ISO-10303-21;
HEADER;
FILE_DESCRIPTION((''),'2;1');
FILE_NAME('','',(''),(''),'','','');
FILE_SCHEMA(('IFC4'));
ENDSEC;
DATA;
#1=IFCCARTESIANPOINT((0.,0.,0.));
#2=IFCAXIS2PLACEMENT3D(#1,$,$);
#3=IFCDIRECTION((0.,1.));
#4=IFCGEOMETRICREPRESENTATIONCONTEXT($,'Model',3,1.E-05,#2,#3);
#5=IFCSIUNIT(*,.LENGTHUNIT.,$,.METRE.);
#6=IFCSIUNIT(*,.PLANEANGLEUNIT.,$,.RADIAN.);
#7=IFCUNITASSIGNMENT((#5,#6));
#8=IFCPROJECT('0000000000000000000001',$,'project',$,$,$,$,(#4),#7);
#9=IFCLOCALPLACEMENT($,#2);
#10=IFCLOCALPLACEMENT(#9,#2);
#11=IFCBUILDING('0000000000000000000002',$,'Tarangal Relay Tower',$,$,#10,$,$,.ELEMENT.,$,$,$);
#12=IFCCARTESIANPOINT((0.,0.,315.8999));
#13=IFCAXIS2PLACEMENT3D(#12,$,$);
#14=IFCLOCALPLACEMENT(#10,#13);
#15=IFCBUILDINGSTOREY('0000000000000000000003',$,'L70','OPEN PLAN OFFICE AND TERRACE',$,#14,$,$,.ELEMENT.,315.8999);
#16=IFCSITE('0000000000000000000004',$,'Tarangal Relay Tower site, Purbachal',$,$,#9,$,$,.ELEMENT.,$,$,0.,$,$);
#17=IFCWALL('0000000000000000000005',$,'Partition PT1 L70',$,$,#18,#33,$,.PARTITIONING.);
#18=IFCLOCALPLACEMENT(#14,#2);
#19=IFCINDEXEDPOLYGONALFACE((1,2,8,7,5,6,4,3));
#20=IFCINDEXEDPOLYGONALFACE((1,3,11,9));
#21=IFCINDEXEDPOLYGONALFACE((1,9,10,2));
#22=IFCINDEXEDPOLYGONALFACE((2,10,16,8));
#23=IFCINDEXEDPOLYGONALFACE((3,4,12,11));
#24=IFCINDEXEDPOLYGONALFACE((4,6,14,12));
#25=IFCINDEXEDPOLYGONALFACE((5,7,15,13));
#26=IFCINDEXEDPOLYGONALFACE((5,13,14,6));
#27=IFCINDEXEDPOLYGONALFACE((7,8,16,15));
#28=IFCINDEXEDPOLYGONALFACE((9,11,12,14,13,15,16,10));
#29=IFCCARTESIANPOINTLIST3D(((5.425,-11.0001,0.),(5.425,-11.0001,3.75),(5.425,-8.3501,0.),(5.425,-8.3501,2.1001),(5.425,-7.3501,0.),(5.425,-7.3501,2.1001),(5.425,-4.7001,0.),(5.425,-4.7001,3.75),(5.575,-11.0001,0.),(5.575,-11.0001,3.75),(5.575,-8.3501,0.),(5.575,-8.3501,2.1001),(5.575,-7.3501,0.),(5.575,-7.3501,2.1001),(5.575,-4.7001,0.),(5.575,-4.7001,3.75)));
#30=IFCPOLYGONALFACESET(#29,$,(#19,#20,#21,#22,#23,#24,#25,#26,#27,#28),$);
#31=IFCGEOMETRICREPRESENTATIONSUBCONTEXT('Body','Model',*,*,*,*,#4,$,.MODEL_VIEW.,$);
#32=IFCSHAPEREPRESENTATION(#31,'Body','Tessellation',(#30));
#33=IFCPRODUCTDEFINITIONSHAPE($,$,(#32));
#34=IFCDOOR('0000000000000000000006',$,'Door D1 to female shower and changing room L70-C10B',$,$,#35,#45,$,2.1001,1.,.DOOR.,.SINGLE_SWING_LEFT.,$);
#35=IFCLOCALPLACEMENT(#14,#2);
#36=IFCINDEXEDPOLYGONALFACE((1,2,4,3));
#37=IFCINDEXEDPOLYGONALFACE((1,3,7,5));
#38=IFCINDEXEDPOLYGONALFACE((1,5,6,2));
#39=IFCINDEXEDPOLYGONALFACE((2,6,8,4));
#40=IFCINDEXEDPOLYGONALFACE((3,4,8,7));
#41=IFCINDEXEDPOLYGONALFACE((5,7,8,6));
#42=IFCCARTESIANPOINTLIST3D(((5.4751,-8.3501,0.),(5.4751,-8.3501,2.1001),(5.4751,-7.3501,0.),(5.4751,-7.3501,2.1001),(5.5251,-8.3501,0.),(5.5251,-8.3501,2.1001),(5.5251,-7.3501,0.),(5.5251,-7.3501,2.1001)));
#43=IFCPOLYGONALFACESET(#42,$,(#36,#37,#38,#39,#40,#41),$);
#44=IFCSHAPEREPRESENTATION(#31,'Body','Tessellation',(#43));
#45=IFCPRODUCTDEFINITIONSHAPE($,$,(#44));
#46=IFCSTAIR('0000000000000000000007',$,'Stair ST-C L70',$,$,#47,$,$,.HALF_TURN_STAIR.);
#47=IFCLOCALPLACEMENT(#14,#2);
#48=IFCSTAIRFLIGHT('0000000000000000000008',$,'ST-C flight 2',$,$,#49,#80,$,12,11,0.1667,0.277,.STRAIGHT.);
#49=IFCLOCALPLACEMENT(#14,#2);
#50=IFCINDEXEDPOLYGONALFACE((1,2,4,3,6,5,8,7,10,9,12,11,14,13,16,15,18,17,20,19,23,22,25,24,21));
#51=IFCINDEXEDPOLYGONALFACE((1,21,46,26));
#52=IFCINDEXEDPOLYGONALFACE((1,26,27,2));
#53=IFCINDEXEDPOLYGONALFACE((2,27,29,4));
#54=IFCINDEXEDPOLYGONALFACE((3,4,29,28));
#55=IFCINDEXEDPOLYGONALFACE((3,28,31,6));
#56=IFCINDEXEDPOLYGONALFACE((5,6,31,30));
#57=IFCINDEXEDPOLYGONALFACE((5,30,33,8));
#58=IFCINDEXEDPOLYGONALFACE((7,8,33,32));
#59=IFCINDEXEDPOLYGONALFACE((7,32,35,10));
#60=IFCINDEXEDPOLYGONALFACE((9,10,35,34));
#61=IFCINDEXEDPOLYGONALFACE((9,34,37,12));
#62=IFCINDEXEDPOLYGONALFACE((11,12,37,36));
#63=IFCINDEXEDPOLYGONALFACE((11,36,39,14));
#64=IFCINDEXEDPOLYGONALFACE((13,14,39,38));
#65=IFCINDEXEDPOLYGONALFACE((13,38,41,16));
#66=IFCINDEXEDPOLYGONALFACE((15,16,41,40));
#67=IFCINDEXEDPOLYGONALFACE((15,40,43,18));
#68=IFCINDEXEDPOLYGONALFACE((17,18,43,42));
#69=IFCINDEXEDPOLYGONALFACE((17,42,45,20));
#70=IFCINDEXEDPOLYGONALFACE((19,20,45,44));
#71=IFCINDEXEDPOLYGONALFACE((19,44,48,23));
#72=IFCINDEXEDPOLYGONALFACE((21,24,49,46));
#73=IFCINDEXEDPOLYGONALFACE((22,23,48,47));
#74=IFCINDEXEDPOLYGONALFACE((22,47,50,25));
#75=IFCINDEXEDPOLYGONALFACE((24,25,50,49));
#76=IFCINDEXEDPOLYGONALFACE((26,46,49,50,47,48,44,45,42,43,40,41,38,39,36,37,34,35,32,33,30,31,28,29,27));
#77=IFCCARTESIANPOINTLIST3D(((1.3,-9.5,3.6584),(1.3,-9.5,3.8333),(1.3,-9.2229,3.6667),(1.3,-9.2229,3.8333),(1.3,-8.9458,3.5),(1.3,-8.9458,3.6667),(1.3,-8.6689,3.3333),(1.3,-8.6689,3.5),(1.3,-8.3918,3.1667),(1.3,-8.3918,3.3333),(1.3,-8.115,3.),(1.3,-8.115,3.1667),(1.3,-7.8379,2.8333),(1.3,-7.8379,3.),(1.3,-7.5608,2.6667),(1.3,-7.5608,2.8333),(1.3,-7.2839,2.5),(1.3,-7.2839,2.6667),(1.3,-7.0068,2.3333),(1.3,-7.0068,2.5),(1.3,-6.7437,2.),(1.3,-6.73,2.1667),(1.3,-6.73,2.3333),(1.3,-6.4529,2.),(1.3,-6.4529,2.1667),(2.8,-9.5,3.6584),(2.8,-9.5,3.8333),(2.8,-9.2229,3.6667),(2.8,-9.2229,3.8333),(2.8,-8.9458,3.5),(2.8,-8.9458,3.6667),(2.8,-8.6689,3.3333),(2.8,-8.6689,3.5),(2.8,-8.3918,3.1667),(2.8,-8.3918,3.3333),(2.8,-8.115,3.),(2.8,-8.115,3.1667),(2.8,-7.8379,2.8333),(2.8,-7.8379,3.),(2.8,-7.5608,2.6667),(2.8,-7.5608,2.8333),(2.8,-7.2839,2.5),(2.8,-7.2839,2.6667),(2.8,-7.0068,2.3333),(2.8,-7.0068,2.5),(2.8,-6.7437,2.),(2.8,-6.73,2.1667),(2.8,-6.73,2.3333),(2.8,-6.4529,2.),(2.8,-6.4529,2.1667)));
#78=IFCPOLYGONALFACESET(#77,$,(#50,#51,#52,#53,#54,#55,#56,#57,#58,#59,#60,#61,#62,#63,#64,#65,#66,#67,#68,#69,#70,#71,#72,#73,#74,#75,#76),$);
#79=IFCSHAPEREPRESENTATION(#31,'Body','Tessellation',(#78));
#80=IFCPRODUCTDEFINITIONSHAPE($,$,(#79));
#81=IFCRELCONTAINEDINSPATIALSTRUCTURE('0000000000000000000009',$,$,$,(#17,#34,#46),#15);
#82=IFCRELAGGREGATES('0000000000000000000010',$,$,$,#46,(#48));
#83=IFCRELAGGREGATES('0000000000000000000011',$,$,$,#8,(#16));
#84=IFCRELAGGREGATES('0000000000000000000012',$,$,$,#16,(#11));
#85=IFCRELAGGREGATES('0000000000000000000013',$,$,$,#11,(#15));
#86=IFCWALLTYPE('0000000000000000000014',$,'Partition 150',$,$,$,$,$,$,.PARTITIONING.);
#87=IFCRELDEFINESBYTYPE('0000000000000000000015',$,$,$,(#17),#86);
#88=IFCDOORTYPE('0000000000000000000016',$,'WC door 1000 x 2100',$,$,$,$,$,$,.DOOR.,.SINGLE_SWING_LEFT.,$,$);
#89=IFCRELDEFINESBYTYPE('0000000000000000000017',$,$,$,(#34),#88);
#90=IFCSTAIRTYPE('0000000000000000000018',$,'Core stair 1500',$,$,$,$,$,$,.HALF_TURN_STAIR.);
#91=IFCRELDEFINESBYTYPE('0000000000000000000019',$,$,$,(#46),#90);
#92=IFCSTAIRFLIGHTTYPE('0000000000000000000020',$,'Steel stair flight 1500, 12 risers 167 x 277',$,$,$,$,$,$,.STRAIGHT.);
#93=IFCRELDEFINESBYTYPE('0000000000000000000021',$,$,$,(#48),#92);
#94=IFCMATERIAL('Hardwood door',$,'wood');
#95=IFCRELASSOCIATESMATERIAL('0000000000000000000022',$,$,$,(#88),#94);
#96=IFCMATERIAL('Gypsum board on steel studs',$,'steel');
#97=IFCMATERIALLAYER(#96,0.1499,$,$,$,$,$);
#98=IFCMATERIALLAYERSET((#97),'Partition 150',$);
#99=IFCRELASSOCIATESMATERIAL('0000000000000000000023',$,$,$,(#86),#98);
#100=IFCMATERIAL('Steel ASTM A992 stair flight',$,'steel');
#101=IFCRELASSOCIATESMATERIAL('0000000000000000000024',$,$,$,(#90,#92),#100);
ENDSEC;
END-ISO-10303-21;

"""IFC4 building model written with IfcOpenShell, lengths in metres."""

from ifc_helpers import new_model, si_unit, direction, frame, frame_2d, origin, place, context, subcontext, project, spatial, polyline, rectangle, outline, extrude, material, layer, layer_set, type_object, element, fill, aggregate, save


model = new_model("IFC4")

# Units and contexts
model_context = context("Model", 3, precision=1e-05, world=origin(), true_north=direction((0.0, 1.0)))
body_context = subcontext(model_context, "Body", "Model", "MODEL_VIEW")
ifc_project = project(units=[si_unit("LENGTHUNIT", "METRE"), si_unit("PLANEANGLEUNIT", "RADIAN")], contexts=[model_context])

# Site, building, storey
site_placement = place(None, origin())
site = spatial("IfcSite", under=ifc_project, at=site_placement, Name="Tarangal Relay Tower site, Purbachal", CompositionType="ELEMENT", RefElevation=0.0)
building_placement = place(site_placement, origin())
building = spatial("IfcBuilding", under=site, at=building_placement, Name="Tarangal Relay Tower", CompositionType="ELEMENT")
storey_placement = place(building_placement, frame((0.0, 0.0, 315.8999)))
storey = spatial("IfcBuildingStorey", under=building, at=storey_placement, Name="L70", Description="OPEN PLAN OFFICE AND TERRACE", CompositionType="ELEMENT", Elevation=315.8999)

# Shared definitions
ifc_material_1 = material(Name="Hardwood door", Category="wood")
door_type = type_object("IfcDoorType", Name="WC door 1000 x 2100", OperationType="SINGLE_SWING_LEFT", PredefinedType="DOOR", material=ifc_material_1)

# Shared definitions
ifc_material_2 = material(Name="Gypsum board on steel studs", Category="steel")
ifc_layer_1 = layer(ifc_material_2, 0.1499)
ifc_layer_set_1 = layer_set([ifc_layer_1], Name="Partition 150")
wall_type_1 = type_object("IfcWallType", Name="Partition 150", PredefinedType="PARTITIONING", material=ifc_layer_set_1)

# Wall, opening, door
wall_1_placement = place(storey_placement, frame((5.5, -11.0, 0.0), z_axis=(0.0, 0.0, 1.0), x_axis=(0.0, 1.0, 0.0)))
wall_1 = element("IfcWall", 1, at=wall_1_placement, inside=storey, type_object=wall_type_1, Name="Partition PT1 L70", PredefinedType="PARTITIONING", context=body_context, shape_type="SweptSolid", body=[
    extrude(rectangle(XDim=6.3, YDim=0.1499, at=frame_2d((3.1499, 0.0))), origin(), (0.0, 0.0, 1.0), 3.75),
])
opening_1_placement = place(wall_1_placement, frame((2.6499, 0.0, 0.0)))
opening_1 = element("IfcOpeningElement", 2, at=opening_1_placement, cuts=wall_1, PredefinedType="OPENING", context=body_context, shape_type="SweptSolid", body=[
    extrude(rectangle(XDim=1.0, YDim=2.1001, at=frame_2d((0.5, 1.05))), frame((0.0, 0.085, 0.0), z_axis=(0.0, -1.0, 0.0), x_axis=(1.0, 0.0, 0.0)), (0.0, 0.0, 1.0), 0.1699),
])
door_1_placement = place(opening_1_placement, origin())
door_1 = element("IfcDoor", 3, at=door_1_placement, inside=storey, type_object=door_type, Name="Door D1 to female shower and changing room L70-C10B", OperationType="SINGLE_SWING_LEFT", OverallHeight=2.1001, OverallWidth=1.0, PredefinedType="DOOR", context=body_context, shape_type="SweptSolid", body=[
    extrude(rectangle(XDim=1.0, YDim=2.1001, at=frame_2d((0.5, 1.05))), frame((0.0, 0.0249, 0.0), z_axis=(0.0, -1.0, 0.0), x_axis=(1.0, 0.0, 0.0)), (0.0, 0.0, 1.0), 0.05),
])
fill(opening_1, door_1)

# Stair, stair flight
ifc_material_3 = material(Name="Steel ASTM A992 stair flight", Category="steel")
stair_type = type_object("IfcStairType", Name="Core stair 1500", PredefinedType="HALF_TURN_STAIR", material=ifc_material_3)
stair_placement = place(storey_placement, origin())
stair = element("IfcStair", 4, at=stair_placement, inside=storey, type_object=stair_type, Name="Stair ST-C L70", PredefinedType="HALF_TURN_STAIR")
stair_flight_type = type_object("IfcStairFlightType", Name="Steel stair flight 1500, 12 risers 167 x 277", PredefinedType="STRAIGHT", material=ifc_material_3)
stair_flight_placement = place(storey_placement, frame((2.05, -6.4529, 2.0), z_axis=(0.0, 0.0, 1.0), x_axis=(0.0, -1.0, 0.0)))
stair_flight = element("IfcStairFlight", 5, at=stair_flight_placement, type_object=stair_flight_type, Name="ST-C flight 2", NumberOfRisers=12, NumberOfTreads=11, PredefinedType="STRAIGHT", RiserHeight=0.1667, TreadLength=0.277, context=body_context, shape_type="SweptSolid", body=[
    extrude(outline(polyline([(0.0, 0.0), (0.0, 0.1667), (0.2771, 0.1667), (0.2771, 0.3333), (0.554, 0.3333), (0.554, 0.5), (0.8311, 0.5), (0.8311, 0.6667), (1.1079, 0.6667), (1.1079, 0.8333), (1.385, 0.8333), (1.385, 1.0), (1.6621, 1.0), (1.6621, 1.1667), (1.939, 1.1667), (1.939, 1.3333), (2.2161, 1.3333), (2.2161, 1.5), (2.4929, 1.5), (2.4929, 1.6667), (2.77, 1.6667), (2.77, 1.8333), (3.0471, 1.8333), (3.0471, 2.0), (3.0471, 1.6584), (0.2908, 0.0), (0.0, 0.0)])), frame((0.0, 0.75, 0.0), z_axis=(0.0, -1.0, 0.0), x_axis=(1.0, 0.0, 0.0)), (0.0, 0.0, 1.0), 1.5),
])
aggregate(stair, [stair_flight])

save(model, "model.ifc")
